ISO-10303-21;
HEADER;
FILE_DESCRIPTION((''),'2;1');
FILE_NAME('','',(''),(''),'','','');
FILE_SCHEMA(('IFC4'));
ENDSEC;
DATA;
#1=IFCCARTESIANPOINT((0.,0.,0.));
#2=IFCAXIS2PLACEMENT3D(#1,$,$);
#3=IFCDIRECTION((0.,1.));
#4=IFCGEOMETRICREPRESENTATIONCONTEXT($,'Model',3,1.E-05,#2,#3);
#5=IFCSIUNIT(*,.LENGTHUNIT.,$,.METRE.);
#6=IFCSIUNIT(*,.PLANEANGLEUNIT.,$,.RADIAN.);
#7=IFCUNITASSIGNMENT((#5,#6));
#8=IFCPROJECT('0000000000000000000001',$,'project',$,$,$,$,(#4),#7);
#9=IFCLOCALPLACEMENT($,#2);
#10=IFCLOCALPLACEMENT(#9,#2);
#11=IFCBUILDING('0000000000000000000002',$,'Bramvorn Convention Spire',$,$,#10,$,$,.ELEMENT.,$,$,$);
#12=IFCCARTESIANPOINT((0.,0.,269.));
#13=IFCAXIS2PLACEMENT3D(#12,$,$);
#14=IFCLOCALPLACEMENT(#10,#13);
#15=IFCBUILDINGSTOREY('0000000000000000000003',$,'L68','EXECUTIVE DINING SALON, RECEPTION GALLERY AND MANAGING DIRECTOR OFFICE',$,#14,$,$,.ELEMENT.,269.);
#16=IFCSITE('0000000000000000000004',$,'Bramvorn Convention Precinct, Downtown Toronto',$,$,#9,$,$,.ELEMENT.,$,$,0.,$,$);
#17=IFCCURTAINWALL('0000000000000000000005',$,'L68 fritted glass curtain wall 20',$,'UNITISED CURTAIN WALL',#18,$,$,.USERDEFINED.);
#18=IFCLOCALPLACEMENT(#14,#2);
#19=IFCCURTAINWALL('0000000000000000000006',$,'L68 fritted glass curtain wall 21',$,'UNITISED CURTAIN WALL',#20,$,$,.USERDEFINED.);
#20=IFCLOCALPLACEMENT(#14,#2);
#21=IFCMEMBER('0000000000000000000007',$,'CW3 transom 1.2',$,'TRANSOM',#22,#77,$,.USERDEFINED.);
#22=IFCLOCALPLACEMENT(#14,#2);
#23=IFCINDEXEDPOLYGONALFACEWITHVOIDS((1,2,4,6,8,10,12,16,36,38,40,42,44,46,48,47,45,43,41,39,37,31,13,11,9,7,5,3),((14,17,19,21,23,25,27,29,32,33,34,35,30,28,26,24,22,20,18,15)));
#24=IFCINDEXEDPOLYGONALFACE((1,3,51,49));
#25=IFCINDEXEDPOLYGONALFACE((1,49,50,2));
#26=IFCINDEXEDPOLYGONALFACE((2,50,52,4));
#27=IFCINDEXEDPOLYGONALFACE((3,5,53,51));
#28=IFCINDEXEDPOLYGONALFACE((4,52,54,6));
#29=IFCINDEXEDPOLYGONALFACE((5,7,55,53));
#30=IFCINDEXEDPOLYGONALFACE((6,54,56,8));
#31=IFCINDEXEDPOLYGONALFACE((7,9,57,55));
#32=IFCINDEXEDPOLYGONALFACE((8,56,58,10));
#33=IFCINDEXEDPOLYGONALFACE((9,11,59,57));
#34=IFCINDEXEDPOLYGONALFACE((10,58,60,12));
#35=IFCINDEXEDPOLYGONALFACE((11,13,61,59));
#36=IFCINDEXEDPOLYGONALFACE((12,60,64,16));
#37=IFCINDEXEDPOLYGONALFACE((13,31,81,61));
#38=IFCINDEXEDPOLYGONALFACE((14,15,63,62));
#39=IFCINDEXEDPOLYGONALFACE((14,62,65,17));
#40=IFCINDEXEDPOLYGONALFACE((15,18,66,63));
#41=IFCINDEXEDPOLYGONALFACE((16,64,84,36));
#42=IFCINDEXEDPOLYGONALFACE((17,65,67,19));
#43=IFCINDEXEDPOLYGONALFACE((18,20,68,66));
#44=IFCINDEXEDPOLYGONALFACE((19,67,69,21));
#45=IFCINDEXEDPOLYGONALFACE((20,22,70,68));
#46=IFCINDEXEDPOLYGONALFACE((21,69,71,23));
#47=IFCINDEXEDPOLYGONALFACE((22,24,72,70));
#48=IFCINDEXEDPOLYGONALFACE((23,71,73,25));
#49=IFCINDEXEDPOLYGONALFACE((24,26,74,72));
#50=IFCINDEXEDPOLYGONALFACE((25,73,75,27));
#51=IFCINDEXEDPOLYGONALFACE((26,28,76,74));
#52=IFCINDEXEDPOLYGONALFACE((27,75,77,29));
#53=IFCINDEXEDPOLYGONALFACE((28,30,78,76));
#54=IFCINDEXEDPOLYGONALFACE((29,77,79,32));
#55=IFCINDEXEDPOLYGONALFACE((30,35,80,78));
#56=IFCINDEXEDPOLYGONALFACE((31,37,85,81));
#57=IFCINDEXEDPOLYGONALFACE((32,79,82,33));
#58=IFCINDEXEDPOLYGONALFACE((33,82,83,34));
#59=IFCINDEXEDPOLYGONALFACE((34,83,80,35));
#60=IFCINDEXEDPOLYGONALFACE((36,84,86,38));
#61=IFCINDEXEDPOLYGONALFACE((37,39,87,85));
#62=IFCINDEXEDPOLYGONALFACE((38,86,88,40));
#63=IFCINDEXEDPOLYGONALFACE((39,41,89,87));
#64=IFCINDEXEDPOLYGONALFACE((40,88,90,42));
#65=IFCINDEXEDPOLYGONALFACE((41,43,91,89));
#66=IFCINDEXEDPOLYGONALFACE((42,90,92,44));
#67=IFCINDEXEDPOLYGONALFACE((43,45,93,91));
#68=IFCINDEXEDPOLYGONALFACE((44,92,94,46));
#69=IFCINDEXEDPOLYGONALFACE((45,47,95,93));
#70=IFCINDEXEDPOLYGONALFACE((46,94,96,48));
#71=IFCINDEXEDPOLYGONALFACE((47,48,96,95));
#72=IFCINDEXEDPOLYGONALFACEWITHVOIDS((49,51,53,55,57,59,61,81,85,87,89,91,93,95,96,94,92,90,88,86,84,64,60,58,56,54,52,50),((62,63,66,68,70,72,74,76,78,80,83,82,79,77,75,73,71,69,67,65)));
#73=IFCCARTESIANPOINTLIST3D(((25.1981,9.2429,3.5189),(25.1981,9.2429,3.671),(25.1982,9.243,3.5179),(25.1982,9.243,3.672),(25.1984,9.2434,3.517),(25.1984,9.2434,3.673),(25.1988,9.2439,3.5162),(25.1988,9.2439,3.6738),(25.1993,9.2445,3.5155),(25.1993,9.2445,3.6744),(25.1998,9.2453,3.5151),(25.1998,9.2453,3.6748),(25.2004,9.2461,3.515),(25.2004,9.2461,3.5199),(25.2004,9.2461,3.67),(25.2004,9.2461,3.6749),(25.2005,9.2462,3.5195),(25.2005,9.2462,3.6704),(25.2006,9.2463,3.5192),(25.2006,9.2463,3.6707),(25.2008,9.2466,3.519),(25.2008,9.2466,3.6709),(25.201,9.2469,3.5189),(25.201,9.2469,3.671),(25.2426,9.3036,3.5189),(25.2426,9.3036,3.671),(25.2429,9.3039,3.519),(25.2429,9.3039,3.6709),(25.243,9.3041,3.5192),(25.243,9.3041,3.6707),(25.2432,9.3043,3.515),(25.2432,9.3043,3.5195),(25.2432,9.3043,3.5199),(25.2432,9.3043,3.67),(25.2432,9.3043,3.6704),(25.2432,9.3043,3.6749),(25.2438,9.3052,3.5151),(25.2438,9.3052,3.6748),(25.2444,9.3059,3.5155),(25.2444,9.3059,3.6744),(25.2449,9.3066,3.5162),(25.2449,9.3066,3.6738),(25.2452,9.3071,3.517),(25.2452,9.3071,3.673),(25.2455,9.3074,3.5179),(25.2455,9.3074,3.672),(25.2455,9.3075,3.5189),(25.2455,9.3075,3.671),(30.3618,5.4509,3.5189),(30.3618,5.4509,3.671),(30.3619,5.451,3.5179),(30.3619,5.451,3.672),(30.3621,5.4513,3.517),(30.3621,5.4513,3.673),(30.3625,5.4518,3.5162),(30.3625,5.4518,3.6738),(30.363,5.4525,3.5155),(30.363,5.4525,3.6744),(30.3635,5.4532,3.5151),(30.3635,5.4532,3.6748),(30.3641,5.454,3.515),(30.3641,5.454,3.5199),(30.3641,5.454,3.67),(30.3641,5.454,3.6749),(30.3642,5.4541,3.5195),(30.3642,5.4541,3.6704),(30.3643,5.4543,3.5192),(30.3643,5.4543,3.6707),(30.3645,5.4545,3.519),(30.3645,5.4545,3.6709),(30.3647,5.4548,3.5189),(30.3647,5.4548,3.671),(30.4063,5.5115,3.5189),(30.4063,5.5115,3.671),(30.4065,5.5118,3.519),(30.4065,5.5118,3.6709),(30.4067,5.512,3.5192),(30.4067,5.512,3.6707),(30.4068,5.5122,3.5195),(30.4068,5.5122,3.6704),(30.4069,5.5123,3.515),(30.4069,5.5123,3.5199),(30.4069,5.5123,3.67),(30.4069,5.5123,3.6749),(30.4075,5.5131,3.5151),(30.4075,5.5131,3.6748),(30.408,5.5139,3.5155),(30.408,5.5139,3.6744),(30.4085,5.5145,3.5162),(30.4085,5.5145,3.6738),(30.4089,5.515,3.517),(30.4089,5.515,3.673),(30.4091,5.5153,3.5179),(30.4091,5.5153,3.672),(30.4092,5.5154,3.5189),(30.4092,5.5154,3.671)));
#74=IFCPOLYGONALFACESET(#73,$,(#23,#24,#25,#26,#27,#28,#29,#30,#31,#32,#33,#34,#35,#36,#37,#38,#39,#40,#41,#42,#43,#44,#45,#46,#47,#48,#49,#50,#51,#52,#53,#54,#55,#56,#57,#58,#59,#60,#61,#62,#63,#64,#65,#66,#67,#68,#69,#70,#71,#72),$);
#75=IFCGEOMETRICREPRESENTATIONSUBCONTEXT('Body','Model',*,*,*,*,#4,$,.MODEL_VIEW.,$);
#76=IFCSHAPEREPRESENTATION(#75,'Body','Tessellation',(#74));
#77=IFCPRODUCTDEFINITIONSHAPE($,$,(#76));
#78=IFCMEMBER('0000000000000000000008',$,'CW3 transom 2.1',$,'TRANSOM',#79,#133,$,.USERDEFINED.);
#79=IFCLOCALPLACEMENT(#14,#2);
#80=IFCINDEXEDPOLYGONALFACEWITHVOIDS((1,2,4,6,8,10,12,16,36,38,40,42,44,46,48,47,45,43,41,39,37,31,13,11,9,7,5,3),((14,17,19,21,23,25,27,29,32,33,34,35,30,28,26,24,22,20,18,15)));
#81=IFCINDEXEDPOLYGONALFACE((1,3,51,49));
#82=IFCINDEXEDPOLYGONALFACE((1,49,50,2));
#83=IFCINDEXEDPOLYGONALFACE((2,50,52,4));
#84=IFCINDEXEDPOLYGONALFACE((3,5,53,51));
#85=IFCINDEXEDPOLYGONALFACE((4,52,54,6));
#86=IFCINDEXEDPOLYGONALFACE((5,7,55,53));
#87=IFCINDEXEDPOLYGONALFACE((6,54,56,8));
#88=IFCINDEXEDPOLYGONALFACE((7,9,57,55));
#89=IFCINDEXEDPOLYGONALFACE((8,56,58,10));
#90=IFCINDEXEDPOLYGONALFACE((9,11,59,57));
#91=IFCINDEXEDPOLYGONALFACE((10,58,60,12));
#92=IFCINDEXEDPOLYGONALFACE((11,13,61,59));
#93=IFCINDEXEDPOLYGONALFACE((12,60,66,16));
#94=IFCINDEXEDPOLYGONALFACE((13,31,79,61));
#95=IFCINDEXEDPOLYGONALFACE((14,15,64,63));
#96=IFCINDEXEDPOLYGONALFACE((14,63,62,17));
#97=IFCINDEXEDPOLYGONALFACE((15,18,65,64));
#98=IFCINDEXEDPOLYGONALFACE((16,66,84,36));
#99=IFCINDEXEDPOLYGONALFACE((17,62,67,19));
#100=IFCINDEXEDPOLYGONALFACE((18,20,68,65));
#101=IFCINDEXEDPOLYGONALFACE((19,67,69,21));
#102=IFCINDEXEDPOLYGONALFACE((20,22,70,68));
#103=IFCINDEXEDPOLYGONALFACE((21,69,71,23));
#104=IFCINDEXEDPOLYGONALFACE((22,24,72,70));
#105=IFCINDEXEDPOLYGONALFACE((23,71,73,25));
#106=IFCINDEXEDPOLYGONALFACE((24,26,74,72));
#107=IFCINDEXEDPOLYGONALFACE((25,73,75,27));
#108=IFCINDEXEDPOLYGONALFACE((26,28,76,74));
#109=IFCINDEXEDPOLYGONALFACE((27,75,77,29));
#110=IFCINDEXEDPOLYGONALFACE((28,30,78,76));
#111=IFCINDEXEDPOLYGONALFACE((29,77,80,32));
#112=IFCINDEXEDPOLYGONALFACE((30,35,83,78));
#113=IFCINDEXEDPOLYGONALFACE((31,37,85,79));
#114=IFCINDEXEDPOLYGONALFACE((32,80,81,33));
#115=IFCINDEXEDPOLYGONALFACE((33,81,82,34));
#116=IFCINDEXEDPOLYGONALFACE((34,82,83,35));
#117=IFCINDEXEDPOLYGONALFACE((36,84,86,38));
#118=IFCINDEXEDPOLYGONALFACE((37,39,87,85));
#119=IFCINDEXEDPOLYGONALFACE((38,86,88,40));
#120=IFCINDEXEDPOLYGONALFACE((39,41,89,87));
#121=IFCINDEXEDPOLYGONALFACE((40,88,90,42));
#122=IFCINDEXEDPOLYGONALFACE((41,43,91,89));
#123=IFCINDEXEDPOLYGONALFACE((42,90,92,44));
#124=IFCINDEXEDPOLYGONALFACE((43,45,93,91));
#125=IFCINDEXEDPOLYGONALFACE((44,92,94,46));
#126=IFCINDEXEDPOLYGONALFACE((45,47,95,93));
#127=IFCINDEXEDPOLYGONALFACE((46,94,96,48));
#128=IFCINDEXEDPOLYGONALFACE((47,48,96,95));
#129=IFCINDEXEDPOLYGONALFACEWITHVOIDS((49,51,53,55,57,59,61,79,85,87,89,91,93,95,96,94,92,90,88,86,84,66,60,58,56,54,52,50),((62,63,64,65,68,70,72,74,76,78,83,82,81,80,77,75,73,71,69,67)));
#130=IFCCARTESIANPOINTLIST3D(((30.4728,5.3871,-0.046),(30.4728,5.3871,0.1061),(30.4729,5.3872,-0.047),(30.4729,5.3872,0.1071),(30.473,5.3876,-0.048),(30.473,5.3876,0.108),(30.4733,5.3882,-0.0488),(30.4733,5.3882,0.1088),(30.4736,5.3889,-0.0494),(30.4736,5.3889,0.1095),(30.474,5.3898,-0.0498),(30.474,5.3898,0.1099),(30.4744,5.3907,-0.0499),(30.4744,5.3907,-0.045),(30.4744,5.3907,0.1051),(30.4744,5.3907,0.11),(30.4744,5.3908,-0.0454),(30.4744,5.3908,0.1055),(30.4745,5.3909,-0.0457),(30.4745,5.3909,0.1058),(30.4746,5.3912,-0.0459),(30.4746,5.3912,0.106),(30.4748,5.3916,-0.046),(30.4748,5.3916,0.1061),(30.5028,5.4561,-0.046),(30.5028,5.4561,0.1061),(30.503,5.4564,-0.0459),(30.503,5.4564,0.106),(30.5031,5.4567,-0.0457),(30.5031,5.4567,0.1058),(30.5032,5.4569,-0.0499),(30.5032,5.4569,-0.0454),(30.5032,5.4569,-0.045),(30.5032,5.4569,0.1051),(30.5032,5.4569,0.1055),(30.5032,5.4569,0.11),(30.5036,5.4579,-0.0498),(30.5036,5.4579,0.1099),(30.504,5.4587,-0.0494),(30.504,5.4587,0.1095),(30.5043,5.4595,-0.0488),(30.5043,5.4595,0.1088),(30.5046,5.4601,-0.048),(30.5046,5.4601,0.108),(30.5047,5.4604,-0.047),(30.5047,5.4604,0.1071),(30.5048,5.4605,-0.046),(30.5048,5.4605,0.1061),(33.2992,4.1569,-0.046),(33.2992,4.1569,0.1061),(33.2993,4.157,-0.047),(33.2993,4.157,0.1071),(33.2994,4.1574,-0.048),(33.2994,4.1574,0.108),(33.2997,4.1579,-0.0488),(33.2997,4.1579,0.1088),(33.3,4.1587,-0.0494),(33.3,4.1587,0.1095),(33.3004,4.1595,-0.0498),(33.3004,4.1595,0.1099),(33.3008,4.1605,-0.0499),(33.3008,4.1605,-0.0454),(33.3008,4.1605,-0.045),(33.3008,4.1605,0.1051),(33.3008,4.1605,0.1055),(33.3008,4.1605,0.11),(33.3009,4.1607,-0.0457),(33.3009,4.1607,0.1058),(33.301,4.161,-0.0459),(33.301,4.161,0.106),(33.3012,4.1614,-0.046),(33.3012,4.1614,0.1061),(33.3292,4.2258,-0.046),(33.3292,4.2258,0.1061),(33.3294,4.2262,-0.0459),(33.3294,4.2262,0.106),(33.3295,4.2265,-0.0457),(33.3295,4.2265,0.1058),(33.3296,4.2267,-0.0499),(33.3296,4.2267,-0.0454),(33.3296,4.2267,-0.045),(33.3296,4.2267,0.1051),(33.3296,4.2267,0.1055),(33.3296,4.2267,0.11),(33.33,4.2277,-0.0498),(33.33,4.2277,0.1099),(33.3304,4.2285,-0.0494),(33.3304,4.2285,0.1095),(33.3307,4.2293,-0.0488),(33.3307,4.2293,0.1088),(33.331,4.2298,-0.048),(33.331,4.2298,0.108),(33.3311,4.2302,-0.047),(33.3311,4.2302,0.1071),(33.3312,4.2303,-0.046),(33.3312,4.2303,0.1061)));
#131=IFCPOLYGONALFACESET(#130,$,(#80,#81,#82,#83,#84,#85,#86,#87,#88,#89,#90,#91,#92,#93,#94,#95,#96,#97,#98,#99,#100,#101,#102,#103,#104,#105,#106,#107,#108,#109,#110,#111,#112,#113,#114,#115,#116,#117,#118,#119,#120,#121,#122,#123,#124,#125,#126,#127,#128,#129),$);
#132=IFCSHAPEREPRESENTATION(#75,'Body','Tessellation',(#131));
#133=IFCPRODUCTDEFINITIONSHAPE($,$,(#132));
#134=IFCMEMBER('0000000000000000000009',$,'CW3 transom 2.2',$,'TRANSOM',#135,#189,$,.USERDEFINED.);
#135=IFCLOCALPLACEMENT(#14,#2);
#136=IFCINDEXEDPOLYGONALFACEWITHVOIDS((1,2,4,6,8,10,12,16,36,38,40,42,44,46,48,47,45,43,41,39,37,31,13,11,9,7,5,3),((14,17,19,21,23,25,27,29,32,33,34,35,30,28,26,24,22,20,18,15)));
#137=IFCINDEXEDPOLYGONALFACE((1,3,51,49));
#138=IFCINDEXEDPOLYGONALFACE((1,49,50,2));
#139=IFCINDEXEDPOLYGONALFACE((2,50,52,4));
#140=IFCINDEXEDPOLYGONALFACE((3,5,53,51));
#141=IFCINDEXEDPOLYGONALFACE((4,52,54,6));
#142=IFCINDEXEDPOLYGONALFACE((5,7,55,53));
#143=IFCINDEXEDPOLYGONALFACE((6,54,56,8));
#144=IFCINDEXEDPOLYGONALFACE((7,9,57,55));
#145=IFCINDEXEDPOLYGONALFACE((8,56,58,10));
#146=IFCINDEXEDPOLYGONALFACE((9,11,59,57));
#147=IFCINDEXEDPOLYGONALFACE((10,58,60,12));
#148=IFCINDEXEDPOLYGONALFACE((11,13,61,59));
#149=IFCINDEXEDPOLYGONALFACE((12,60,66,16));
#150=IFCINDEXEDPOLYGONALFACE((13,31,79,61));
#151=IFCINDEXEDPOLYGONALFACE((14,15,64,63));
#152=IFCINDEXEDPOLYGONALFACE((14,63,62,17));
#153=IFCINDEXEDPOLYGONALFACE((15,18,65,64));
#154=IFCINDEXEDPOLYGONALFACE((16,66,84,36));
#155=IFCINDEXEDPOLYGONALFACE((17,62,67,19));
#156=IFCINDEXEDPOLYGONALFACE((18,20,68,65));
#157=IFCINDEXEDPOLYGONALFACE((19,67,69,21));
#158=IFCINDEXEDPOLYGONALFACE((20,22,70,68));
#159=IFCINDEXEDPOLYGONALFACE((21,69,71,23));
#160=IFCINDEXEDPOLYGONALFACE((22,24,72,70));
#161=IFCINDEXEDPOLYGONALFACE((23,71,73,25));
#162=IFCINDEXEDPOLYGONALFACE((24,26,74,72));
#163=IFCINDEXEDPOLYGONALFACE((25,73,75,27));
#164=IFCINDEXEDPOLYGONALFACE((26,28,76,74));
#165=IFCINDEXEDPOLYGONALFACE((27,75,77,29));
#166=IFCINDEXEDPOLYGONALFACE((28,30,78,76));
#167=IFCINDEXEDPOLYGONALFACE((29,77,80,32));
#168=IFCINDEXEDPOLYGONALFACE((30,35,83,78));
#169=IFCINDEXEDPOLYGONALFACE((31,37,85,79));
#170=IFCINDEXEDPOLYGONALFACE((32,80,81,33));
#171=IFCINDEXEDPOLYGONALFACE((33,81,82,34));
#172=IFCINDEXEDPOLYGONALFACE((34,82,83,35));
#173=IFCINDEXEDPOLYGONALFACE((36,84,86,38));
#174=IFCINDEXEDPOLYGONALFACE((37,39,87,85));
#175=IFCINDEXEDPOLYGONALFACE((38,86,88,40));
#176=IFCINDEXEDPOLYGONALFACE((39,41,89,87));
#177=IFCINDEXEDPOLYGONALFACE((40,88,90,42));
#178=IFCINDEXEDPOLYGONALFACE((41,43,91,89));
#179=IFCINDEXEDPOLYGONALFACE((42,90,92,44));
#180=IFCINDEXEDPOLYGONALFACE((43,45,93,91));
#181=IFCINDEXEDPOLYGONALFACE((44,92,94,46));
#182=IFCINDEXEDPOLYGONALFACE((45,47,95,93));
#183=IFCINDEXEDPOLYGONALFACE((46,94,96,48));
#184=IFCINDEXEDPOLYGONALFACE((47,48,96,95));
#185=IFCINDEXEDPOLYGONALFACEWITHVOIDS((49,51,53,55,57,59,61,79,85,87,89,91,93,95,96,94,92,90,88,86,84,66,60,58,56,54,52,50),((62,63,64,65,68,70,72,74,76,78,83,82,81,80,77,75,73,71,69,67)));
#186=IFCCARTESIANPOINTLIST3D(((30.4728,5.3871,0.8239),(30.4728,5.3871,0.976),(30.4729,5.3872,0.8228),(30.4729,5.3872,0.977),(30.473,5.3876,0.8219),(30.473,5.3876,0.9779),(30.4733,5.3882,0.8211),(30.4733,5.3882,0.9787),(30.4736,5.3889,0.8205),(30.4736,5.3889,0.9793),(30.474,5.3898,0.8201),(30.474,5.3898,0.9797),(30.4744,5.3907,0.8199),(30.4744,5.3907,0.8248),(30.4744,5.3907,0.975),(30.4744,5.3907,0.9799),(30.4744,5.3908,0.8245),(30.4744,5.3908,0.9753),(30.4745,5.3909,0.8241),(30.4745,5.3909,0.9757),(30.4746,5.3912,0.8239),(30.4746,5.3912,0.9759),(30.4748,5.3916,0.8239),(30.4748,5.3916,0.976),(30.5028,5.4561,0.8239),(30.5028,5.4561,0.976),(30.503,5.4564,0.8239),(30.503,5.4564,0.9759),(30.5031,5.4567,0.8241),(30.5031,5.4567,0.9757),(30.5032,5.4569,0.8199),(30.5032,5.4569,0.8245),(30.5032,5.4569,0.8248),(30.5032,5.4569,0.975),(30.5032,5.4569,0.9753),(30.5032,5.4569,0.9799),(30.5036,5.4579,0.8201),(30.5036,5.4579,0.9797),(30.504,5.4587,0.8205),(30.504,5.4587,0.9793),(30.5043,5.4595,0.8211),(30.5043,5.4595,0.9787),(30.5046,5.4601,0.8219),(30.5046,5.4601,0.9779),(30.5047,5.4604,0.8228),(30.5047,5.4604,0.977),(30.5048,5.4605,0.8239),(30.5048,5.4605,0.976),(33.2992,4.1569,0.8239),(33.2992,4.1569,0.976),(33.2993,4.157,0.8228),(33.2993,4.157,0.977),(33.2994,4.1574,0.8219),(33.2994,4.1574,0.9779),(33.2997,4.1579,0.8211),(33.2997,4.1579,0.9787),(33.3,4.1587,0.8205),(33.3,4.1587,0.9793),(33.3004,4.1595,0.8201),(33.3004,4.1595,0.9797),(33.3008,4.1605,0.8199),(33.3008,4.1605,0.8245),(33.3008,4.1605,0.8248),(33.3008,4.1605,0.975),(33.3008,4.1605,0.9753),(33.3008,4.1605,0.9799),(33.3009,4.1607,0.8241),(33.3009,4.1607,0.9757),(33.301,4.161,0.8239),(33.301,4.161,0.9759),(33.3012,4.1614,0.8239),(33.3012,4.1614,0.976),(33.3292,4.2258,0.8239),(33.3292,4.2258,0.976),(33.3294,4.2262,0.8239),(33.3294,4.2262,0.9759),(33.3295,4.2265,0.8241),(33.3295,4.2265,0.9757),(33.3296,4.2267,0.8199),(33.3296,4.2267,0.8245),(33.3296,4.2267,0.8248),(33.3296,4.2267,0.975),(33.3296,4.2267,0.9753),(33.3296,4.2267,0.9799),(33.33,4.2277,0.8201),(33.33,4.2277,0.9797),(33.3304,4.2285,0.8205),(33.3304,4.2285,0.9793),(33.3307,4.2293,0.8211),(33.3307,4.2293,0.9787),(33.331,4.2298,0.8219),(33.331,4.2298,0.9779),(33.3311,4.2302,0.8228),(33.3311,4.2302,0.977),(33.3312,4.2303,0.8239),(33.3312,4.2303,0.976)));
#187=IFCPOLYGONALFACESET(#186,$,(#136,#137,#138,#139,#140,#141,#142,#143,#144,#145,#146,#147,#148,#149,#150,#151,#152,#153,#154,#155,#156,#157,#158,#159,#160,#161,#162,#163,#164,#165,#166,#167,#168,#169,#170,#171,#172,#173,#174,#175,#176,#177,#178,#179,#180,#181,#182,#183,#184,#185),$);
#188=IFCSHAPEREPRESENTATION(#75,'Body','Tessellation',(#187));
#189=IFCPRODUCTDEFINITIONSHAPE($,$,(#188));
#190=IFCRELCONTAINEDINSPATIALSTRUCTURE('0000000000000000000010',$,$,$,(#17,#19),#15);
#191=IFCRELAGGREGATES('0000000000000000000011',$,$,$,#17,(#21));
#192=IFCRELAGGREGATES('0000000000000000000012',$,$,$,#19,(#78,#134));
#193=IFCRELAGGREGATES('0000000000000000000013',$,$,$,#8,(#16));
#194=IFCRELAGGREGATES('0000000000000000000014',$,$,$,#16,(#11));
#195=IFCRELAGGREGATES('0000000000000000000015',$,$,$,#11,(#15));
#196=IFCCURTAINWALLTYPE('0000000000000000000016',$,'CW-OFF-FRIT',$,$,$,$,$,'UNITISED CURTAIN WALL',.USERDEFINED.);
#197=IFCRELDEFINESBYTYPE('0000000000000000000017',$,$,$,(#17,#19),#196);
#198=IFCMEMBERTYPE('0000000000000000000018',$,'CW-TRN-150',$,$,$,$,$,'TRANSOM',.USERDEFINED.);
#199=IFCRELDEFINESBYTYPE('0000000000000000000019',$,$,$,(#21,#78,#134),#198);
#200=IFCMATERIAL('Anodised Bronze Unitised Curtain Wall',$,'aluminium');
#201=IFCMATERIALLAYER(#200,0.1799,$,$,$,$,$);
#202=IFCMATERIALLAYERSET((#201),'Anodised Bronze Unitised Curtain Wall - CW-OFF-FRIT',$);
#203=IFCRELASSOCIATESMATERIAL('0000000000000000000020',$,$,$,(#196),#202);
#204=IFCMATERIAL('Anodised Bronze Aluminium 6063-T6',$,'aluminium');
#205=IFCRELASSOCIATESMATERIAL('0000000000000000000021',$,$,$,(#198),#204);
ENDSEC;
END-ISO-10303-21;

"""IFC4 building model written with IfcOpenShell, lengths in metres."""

from ifc_helpers import new_model, si_unit, direction, frame, origin, origin_2d, place, context, subcontext, project, spatial, hollow_rectangle, extrude, material, layer, layer_set, material_profile, profile_set, type_object, element, aggregate, save


model = new_model("IFC4")

# Units and contexts
model_context = context("Model", 3, precision=1e-05, world=origin(), true_north=direction((0.0, 1.0)))
body_context = subcontext(model_context, "Body", "Model", "MODEL_VIEW")
ifc_project = project(units=[si_unit("LENGTHUNIT", "METRE"), si_unit("PLANEANGLEUNIT", "RADIAN")], contexts=[model_context])

# Site, building, storey
site_placement = place(None, origin())
site = spatial("IfcSite", under=ifc_project, at=site_placement, Name="Bramvorn Convention Precinct, Downtown Toronto", CompositionType="ELEMENT", RefElevation=0.0)
building_placement = place(site_placement, origin())
building = spatial("IfcBuilding", under=site, at=building_placement, Name="Bramvorn Convention Spire", CompositionType="ELEMENT")
storey_placement = place(building_placement, frame((0.0, 0.0, 269.0)))
storey = spatial("IfcBuildingStorey", under=building, at=storey_placement, Name="L68", Description="EXECUTIVE DINING SALON, RECEPTION GALLERY AND MANAGING DIRECTOR OFFICE", CompositionType="ELEMENT", Elevation=269.0)

# Curtain wall
ifc_material_1 = material(Name="Anodised Bronze Unitised Curtain Wall", Category="aluminium")
ifc_layer_1 = layer(ifc_material_1, 0.1799)
ifc_layer_set_1 = layer_set([ifc_layer_1], Name="Anodised Bronze Unitised Curtain Wall - CW-OFF-FRIT")
curtain_wall_type = type_object("IfcCurtainWallType", Name="CW-OFF-FRIT", ElementType="UNITISED CURTAIN WALL", PredefinedType="USERDEFINED", material=ifc_layer_set_1)
curtain_wall_1_placement = place(storey_placement, origin())
curtain_wall_1 = element("IfcCurtainWall", 1, at=curtain_wall_1_placement, inside=storey, type_object=curtain_wall_type, Name="L68 fritted glass curtain wall 20", ObjectType="UNITISED CURTAIN WALL", PredefinedType="USERDEFINED")
ifc_material_2 = material(Name="Anodised Bronze Aluminium 6063-T6", Category="aluminium")

# Curtain wall
curtain_wall_2_placement = place(storey_placement, origin())
curtain_wall_2 = element("IfcCurtainWall", 2, at=curtain_wall_2_placement, inside=storey, type_object=curtain_wall_type, Name="L68 fritted glass curtain wall 21", ObjectType="UNITISED CURTAIN WALL", PredefinedType="USERDEFINED")

# Members
ifc_material_profile_1 = material_profile(ifc_material_2, hollow_rectangle(XDim=0.0801, YDim=0.1599, WallThickness=0.0039, InnerFilletRadius=0.001, OuterFilletRadius=0.0039, at=origin_2d()))
ifc_profile_set_1 = profile_set([ifc_material_profile_1], Name="Anodised Bronze Aluminium 6063-T6 - CWT80X160")
member_type_1 = type_object("IfcMemberType", Name="CW-TRN-150", ElementType="TRANSOM", PredefinedType="USERDEFINED", material=ifc_profile_set_1)
member_1_placement = place(storey_placement, frame((30.3855, 5.4832, 3.595), z_axis=(-0.806005, 0.591909, 0.0), x_axis=(-0.591909, -0.806005, 0.0)))
member_1 = element("IfcMember", 3, at=member_1_placement, type_object=member_type_1, Name="CW3 transom 1.2", ObjectType="TRANSOM", PredefinedType="USERDEFINED", context=body_context, shape_type="SweptSolid", body=[
    extrude(hollow_rectangle(XDim=0.0801, YDim=0.1599, WallThickness=0.0039, InnerFilletRadius=0.001, OuterFilletRadius=0.0039, at=origin_2d()), origin(), (0.0, 0.0, 1.0), 6.4065),
])
member_2_placement = place(storey_placement, frame((33.3152, 4.1936, 0.03), z_axis=(-0.91691, 0.399094, 0.0), x_axis=(-0.399094, -0.91691, 0.0)))
member_2 = element("IfcMember", 4, at=member_2_placement, type_object=member_type_1, Name="CW3 transom 2.1", ObjectType="TRANSOM", PredefinedType="USERDEFINED", context=body_context, shape_type="SweptSolid", body=[
    extrude(hollow_rectangle(XDim=0.0801, YDim=0.1599, WallThickness=0.0039, InnerFilletRadius=0.001, OuterFilletRadius=0.0039, at=origin_2d()), origin(), (0.0, 0.0, 1.0), 3.0825),
])
member_3_placement = place(storey_placement, frame((33.3152, 4.1936, 0.8999), z_axis=(-0.91691, 0.399094, 0.0), x_axis=(-0.399094, -0.91691, 0.0)))
member_3 = element("IfcMember", 5, at=member_3_placement, type_object=member_type_1, Name="CW3 transom 2.2", ObjectType="TRANSOM", PredefinedType="USERDEFINED", context=body_context, shape_type="SweptSolid", body=[
    extrude(hollow_rectangle(XDim=0.0801, YDim=0.1599, WallThickness=0.0039, InnerFilletRadius=0.001, OuterFilletRadius=0.0039, at=origin_2d()), origin(), (0.0, 0.0, 1.0), 3.0825),
])

aggregate(curtain_wall_1, [member_1])
aggregate(curtain_wall_2, [member_2, member_3])

save(model, "model.ifc")
